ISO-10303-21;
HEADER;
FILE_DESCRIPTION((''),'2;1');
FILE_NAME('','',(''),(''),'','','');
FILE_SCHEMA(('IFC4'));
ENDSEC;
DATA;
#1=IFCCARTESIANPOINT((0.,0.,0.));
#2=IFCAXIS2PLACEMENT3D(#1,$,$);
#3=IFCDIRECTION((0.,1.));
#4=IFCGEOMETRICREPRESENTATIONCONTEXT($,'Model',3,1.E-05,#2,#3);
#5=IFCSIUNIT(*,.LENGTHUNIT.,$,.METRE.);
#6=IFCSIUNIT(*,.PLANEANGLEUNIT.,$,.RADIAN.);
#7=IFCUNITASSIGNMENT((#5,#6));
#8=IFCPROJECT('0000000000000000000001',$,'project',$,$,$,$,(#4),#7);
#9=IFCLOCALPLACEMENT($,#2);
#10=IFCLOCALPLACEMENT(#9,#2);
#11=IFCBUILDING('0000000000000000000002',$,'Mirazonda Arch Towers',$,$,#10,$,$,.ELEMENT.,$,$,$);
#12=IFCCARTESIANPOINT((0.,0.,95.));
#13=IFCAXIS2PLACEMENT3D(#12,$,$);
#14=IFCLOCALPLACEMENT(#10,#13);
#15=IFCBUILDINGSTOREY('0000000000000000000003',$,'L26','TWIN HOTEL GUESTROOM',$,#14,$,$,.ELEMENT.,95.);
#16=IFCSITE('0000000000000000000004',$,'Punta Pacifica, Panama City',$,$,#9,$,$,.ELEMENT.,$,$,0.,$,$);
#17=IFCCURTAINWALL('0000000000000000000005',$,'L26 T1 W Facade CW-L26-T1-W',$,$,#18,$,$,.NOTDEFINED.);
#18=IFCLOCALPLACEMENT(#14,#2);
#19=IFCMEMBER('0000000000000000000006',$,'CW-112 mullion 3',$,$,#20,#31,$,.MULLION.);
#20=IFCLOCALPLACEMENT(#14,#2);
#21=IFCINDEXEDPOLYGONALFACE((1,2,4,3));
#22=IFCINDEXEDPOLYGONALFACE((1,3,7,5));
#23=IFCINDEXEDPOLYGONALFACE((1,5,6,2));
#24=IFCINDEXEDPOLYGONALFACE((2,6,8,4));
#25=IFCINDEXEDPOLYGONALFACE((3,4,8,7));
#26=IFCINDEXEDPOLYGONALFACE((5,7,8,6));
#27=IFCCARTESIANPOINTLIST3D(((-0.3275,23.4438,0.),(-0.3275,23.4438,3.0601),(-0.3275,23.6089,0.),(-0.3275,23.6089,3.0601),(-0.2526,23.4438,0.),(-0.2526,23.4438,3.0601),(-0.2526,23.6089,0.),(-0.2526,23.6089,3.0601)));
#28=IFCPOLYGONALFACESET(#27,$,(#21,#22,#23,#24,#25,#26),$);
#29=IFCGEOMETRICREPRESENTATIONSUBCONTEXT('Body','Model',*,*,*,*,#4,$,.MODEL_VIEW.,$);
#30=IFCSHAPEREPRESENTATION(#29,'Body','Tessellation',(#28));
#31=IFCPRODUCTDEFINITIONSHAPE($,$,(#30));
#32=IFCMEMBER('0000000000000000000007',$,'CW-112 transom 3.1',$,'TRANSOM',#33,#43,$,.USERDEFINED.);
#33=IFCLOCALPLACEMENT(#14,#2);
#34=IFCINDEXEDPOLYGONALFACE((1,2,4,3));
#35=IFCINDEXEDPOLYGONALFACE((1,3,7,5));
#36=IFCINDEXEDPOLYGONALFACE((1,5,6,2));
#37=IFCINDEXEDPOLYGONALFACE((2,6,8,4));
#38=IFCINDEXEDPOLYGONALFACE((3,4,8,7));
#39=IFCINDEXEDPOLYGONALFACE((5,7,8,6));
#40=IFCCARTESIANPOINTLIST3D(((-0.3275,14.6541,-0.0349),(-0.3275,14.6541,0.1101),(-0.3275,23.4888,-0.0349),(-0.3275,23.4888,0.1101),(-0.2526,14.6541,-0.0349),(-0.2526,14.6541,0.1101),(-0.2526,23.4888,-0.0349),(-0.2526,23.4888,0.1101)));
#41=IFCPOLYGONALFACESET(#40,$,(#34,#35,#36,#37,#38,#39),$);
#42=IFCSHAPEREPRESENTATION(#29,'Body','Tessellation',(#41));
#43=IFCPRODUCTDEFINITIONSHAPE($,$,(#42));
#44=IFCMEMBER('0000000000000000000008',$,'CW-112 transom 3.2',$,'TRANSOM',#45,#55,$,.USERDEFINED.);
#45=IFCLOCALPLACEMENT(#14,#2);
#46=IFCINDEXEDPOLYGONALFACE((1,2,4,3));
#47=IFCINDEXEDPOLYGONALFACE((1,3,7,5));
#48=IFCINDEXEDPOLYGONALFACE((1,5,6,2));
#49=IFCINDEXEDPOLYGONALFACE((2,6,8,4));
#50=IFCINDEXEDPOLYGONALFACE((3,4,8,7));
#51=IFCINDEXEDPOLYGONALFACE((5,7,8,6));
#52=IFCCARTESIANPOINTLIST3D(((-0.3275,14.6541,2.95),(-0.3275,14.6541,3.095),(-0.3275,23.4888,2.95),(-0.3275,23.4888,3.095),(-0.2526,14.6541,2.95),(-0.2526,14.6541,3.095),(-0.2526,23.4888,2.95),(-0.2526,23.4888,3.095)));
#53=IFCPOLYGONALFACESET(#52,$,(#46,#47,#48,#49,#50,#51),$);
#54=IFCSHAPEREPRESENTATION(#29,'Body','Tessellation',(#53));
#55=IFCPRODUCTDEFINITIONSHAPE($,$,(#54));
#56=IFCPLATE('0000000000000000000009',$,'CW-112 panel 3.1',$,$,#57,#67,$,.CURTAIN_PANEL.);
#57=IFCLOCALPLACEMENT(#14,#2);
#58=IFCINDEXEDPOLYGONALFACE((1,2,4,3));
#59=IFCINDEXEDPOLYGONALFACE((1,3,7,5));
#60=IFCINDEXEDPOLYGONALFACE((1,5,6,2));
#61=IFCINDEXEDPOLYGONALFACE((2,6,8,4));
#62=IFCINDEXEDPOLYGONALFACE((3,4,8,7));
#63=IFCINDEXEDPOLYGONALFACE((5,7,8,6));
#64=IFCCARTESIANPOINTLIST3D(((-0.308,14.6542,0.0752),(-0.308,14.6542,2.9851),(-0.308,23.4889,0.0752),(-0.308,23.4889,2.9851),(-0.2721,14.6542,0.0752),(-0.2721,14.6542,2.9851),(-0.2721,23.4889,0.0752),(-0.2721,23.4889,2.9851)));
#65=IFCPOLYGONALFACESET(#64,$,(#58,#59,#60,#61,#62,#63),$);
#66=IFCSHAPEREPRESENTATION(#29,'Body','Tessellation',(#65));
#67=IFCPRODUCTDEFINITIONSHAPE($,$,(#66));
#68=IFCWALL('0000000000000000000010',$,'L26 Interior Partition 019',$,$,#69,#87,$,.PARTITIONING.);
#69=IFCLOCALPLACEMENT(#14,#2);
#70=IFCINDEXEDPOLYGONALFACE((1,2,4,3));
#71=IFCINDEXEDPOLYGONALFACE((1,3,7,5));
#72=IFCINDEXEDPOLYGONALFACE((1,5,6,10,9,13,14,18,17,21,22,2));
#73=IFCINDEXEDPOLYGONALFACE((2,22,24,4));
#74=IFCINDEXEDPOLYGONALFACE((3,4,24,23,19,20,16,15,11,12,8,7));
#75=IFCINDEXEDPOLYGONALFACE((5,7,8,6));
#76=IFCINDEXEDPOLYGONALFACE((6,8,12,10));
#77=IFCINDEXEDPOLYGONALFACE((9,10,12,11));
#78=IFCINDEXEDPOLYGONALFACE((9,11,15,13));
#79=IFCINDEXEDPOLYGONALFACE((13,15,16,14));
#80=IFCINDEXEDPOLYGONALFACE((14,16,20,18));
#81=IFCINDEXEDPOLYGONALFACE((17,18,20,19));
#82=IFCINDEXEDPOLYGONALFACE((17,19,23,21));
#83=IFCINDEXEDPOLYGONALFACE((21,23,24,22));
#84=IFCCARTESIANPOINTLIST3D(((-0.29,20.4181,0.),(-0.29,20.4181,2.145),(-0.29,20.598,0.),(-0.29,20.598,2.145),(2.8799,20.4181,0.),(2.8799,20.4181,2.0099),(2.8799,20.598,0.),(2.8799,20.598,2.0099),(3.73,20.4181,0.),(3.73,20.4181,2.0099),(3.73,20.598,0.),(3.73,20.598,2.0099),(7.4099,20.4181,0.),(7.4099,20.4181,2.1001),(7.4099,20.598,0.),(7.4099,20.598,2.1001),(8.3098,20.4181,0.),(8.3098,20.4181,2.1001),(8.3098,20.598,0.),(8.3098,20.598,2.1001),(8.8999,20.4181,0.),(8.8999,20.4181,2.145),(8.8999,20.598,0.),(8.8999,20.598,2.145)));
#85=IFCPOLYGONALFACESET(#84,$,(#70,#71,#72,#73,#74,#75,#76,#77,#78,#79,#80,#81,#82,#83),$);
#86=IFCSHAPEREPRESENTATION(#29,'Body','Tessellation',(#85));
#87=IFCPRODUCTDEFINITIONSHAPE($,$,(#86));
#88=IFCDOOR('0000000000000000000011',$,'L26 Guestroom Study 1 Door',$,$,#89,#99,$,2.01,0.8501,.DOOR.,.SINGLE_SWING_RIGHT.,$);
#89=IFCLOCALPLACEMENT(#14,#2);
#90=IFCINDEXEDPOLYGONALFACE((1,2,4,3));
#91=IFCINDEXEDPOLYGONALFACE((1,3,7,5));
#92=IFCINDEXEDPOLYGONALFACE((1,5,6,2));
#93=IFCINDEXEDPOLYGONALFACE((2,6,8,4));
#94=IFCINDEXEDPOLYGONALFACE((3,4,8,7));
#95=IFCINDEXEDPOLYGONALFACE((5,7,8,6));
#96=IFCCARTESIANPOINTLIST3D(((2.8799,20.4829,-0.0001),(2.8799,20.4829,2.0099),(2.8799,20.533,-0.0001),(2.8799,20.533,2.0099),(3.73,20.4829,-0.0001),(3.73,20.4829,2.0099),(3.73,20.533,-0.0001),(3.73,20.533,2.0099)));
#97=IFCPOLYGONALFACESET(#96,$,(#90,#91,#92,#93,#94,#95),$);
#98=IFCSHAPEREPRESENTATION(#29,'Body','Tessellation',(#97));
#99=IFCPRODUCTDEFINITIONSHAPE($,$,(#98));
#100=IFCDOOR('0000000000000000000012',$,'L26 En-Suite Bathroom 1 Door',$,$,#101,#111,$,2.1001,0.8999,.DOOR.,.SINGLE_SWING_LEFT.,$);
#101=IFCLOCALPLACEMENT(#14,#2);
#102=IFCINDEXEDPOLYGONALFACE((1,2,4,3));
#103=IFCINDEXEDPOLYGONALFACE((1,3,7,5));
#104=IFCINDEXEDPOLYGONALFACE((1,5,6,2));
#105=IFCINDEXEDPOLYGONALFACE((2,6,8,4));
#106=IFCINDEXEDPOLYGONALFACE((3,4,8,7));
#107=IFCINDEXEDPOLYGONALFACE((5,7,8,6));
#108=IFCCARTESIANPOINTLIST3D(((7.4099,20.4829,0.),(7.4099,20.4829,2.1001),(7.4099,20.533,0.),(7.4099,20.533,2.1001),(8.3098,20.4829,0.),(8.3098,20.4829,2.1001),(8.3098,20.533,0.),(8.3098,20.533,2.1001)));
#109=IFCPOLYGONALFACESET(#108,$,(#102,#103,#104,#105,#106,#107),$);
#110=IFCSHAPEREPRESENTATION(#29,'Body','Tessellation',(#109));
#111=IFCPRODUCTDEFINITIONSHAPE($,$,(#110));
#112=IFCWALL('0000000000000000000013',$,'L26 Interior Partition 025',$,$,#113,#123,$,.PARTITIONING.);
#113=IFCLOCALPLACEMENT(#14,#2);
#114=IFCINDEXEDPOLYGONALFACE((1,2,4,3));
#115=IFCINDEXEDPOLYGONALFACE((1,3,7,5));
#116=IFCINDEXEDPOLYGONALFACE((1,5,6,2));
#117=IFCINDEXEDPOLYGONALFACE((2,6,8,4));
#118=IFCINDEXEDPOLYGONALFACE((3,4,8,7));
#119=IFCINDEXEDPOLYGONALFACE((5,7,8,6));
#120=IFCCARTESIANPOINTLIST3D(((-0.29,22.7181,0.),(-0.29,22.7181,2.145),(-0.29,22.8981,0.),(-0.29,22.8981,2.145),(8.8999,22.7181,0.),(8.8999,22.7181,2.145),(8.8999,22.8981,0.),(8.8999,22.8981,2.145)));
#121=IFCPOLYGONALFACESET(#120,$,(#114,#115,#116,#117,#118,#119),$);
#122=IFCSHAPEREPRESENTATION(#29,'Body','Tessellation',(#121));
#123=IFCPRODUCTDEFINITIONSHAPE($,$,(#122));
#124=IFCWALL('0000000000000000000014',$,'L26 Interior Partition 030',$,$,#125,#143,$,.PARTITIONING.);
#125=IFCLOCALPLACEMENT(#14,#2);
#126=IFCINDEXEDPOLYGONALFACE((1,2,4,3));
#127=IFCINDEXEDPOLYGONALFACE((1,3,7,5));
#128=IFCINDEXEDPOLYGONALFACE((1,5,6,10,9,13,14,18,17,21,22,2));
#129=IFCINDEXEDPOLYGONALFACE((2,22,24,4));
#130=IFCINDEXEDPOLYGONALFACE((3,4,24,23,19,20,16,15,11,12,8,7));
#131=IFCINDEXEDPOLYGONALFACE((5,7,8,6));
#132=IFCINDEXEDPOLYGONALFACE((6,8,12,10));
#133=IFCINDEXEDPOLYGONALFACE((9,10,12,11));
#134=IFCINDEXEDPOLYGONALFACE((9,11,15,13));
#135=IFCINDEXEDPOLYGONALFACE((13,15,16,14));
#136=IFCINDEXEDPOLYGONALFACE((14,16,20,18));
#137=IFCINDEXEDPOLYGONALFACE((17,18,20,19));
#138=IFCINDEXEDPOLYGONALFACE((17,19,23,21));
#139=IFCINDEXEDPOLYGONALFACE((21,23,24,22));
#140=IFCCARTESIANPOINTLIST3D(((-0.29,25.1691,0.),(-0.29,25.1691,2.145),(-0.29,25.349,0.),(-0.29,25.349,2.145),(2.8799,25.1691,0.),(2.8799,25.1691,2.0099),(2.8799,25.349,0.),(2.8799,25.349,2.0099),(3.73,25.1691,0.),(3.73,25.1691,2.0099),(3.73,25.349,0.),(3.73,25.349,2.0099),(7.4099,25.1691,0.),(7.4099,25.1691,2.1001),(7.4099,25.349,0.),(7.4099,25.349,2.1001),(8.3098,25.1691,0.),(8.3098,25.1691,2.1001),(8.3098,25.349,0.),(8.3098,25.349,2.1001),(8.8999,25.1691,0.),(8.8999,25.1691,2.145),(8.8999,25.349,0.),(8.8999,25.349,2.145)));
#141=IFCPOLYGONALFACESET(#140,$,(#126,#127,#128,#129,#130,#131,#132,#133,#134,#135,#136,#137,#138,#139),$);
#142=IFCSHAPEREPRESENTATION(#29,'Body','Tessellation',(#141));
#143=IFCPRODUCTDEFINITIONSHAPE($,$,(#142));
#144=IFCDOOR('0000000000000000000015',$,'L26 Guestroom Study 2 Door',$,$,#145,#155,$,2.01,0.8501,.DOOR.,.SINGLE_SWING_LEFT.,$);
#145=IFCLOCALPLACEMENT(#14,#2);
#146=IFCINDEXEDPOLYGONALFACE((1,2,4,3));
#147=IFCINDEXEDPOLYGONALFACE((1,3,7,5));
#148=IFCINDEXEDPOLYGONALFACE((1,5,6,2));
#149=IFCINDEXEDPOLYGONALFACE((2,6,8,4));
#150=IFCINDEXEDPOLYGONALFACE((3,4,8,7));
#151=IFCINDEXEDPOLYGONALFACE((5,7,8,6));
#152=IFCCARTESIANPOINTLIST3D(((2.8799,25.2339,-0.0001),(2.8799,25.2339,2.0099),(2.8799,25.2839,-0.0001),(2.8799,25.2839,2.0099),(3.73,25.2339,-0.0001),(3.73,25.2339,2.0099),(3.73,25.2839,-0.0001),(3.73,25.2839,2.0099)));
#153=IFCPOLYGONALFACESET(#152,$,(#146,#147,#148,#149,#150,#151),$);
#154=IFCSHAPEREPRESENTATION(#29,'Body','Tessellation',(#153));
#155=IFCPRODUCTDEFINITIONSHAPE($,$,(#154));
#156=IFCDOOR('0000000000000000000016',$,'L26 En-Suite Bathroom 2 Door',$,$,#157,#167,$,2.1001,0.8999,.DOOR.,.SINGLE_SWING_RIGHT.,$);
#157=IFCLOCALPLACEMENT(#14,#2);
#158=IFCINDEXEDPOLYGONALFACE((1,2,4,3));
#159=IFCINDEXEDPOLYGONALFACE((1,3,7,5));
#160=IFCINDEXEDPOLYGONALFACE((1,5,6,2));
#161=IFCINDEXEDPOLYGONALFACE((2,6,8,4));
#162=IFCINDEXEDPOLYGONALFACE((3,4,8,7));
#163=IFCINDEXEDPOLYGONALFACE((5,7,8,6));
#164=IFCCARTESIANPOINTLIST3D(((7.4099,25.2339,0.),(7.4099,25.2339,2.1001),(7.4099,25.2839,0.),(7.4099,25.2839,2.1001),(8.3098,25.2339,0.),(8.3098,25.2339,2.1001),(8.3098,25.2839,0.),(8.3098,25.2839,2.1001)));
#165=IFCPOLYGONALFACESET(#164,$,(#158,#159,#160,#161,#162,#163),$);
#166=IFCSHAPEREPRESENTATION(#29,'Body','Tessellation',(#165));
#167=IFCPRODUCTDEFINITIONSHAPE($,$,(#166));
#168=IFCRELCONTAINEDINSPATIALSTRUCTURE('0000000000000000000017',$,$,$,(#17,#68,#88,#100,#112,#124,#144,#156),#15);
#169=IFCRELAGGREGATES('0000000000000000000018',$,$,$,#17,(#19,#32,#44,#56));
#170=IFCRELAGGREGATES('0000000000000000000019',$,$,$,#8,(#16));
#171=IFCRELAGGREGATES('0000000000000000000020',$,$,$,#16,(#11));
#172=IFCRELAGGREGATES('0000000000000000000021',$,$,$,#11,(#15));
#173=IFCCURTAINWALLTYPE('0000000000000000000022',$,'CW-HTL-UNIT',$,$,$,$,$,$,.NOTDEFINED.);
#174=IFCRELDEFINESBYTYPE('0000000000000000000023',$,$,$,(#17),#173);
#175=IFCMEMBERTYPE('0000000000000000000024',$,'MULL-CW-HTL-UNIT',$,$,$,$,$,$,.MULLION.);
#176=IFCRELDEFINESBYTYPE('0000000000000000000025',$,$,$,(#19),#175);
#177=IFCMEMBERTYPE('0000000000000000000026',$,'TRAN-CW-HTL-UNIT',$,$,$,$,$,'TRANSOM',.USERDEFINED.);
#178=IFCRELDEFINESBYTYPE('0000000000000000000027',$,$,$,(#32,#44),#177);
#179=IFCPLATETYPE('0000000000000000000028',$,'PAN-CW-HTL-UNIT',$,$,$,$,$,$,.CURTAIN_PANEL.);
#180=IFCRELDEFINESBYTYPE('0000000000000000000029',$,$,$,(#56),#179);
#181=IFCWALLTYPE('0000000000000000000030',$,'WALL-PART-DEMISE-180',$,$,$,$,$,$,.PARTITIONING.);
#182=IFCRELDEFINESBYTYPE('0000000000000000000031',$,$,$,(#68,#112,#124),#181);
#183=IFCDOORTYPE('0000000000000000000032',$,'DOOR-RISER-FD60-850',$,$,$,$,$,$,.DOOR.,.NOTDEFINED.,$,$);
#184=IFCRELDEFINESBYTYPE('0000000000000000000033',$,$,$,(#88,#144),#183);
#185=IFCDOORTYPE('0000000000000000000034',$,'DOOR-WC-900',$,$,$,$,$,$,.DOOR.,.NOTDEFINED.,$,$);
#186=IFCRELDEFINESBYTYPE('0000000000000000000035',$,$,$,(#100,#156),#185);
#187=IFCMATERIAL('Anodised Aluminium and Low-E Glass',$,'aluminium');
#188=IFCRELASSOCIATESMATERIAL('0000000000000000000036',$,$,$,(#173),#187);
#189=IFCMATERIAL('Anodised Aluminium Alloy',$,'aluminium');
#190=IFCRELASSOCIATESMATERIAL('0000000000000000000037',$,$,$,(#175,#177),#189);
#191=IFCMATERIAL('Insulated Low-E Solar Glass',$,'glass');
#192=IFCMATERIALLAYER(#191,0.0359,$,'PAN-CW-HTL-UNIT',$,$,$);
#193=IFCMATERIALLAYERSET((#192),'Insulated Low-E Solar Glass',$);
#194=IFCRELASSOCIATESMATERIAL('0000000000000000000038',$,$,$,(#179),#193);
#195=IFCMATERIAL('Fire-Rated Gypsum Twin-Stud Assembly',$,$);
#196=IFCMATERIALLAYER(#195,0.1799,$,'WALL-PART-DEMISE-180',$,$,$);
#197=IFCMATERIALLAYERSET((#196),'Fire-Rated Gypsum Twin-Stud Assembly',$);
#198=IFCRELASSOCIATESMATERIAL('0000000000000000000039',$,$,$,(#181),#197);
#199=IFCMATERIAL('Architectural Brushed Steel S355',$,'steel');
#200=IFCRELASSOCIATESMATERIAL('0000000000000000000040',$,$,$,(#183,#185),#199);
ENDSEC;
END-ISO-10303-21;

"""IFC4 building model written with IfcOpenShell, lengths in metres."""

from ifc_helpers import new_model, si_unit, direction, frame, frame_2d, origin, origin_2d, place, context, subcontext, project, spatial, rectangle, extrude, material, layer, layer_set, material_profile, profile_set, type_object, element, fill, aggregate, save


model = new_model("IFC4")

# Units and contexts
model_context = context("Model", 3, precision=1e-05, world=origin(), true_north=direction((0.0, 1.0)))
body_context = subcontext(model_context, "Body", "Model", "MODEL_VIEW")
ifc_project = project(units=[si_unit("LENGTHUNIT", "METRE"), si_unit("PLANEANGLEUNIT", "RADIAN")], contexts=[model_context])

# Site, building, storey
site_placement = place(None, origin())
site = spatial("IfcSite", under=ifc_project, at=site_placement, Name="Punta Pacifica, Panama City", CompositionType="ELEMENT", RefElevation=0.0)
building_placement = place(site_placement, origin())
building = spatial("IfcBuilding", under=site, at=building_placement, Name="Mirazonda Arch Towers", CompositionType="ELEMENT")
storey_placement = place(building_placement, frame((0.0, 0.0, 95.0)))
storey = spatial("IfcBuildingStorey", under=building, at=storey_placement, Name="L26", Description="TWIN HOTEL GUESTROOM", CompositionType="ELEMENT", Elevation=95.0)

# Curtain wall, members, plate
ifc_material_1 = material(Name="Anodised Aluminium and Low-E Glass", Category="aluminium")
curtain_wall_type = type_object("IfcCurtainWallType", Name="CW-HTL-UNIT", PredefinedType="NOTDEFINED", material=ifc_material_1)
curtain_wall_placement = place(storey_placement, origin())
curtain_wall = element("IfcCurtainWall", 1, at=curtain_wall_placement, inside=storey, type_object=curtain_wall_type, Name="L26 T1 W Facade CW-L26-T1-W", PredefinedType="NOTDEFINED")
ifc_material_2 = material(Name="Anodised Aluminium Alloy", Category="aluminium")
ifc_material_profile_1 = material_profile(ifc_material_2, rectangle(XDim=0.075, YDim=0.165, at=origin_2d()), Name="ALU-MULL-75x165")
ifc_profile_set_1 = profile_set([ifc_material_profile_1], Name="Anodised Aluminium Alloy")
member_type_1 = type_object("IfcMemberType", Name="MULL-CW-HTL-UNIT", PredefinedType="MULLION", material=ifc_profile_set_1)
member_1_placement = place(storey_placement, frame((-0.29, 23.5264, 0.0), z_axis=(0.0, 0.0, 1.0), x_axis=(1.0, 0.0, 0.0)))
member_1 = element("IfcMember", 2, at=member_1_placement, type_object=member_type_1, Name="CW-112 mullion 3", PredefinedType="MULLION", context=body_context, shape_type="SweptSolid", body=[
    extrude(rectangle(XDim=0.075, YDim=0.165, at=origin_2d()), origin(), (0.0, 0.0, 1.0), 3.0601),
])
ifc_material_profile_2 = material_profile(ifc_material_2, rectangle(XDim=0.075, YDim=0.145, at=origin_2d()), Name="ALU-TRAN-75x145")
ifc_profile_set_2 = profile_set([ifc_material_profile_2], Name="Anodised Aluminium Alloy")
member_type_2 = type_object("IfcMemberType", Name="TRAN-CW-HTL-UNIT", ElementType="TRANSOM", PredefinedType="USERDEFINED", material=ifc_profile_set_2)
member_2_placement = place(storey_placement, frame((-0.29, 23.4888, 0.0376), z_axis=(0.0, -1.0, 0.0), x_axis=(1.0, 0.0, 0.0)))
member_2 = element("IfcMember", 3, at=member_2_placement, type_object=member_type_2, Name="CW-112 transom 3.1", ObjectType="TRANSOM", PredefinedType="USERDEFINED", context=body_context, shape_type="SweptSolid", body=[
    extrude(rectangle(XDim=0.075, YDim=0.145, at=origin_2d()), origin(), (0.0, 0.0, 1.0), 8.8347),
])
member_3_placement = place(storey_placement, frame((-0.29, 23.4888, 3.0225), z_axis=(0.0, -1.0, 0.0), x_axis=(1.0, 0.0, 0.0)))
member_3 = element("IfcMember", 4, at=member_3_placement, type_object=member_type_2, Name="CW-112 transom 3.2", ObjectType="TRANSOM", PredefinedType="USERDEFINED", context=body_context, shape_type="SweptSolid", body=[
    extrude(rectangle(XDim=0.075, YDim=0.145, at=origin_2d()), origin(), (0.0, 0.0, 1.0), 8.8347),
])
ifc_material_3 = material(Name="Insulated Low-E Solar Glass", Category="glass")
ifc_layer_1 = layer(ifc_material_3, 0.0359, Name="PAN-CW-HTL-UNIT")
ifc_layer_set_1 = layer_set([ifc_layer_1], Name="Insulated Low-E Solar Glass")
plate_type = type_object("IfcPlateType", Name="PAN-CW-HTL-UNIT", PredefinedType="CURTAIN_PANEL", material=ifc_layer_set_1)
plate_placement = place(storey_placement, frame((-0.29, 19.0715, 0.0752), z_axis=(0.0, 0.0, 1.0), x_axis=(0.0, -1.0, 0.0)))
plate = element("IfcPlate", 5, at=plate_placement, type_object=plate_type, Name="CW-112 panel 3.1", PredefinedType="CURTAIN_PANEL", context=body_context, shape_type="SweptSolid", body=[
    extrude(rectangle(XDim=8.8347, YDim=0.0359, at=origin_2d()), origin(), (0.0, 0.0, 1.0), 2.9099),
])
aggregate(curtain_wall, [member_1, member_2, member_3, plate])

# Wall, openings, doors
ifc_material_4 = material(Name="Fire-Rated Gypsum Twin-Stud Assembly")
ifc_layer_2 = layer(ifc_material_4, 0.1799, Name="WALL-PART-DEMISE-180")
ifc_layer_set_2 = layer_set([ifc_layer_2], Name="Fire-Rated Gypsum Twin-Stud Assembly")
wall_type_1 = type_object("IfcWallType", Name="WALL-PART-DEMISE-180", PredefinedType="PARTITIONING", material=ifc_layer_set_2)
wall_1_placement = place(storey_placement, frame((-0.29, 20.5081, 0.0), z_axis=(0.0, 0.0, 1.0), x_axis=(1.0, 0.0, 0.0)))
wall_1 = element("IfcWall", 6, at=wall_1_placement, inside=storey, type_object=wall_type_1, Name="L26 Interior Partition 019", PredefinedType="PARTITIONING", context=body_context, shape_type="SweptSolid", body=[
    extrude(rectangle(XDim=9.1899, YDim=0.1799, at=frame_2d((4.595, 0.0))), origin(), (0.0, 0.0, 1.0), 2.145),
])
opening_1_placement = place(wall_1_placement, frame((3.1699, 0.0, 0.0)))
opening_1 = element("IfcOpeningElement", 7, at=opening_1_placement, cuts=wall_1, PredefinedType="OPENING", context=body_context, shape_type="SweptSolid", body=[
    extrude(rectangle(XDim=0.8501, YDim=2.01, at=frame_2d((0.425, 1.0049))), frame((0.0, 0.0999, 0.0), z_axis=(0.0, -1.0, 0.0), x_axis=(1.0, 0.0, 0.0)), (0.0, 0.0, 1.0), 0.2),
])
opening_2_placement = place(wall_1_placement, frame((7.7, 0.0, 0.0)))
opening_2 = element("IfcOpeningElement", 8, at=opening_2_placement, cuts=wall_1, PredefinedType="OPENING", context=body_context, shape_type="SweptSolid", body=[
    extrude(rectangle(XDim=0.8999, YDim=2.1001, at=frame_2d((0.45, 1.05))), frame((0.0, 0.0999, 0.0), z_axis=(0.0, -1.0, 0.0), x_axis=(1.0, 0.0, 0.0)), (0.0, 0.0, 1.0), 0.2),
])
ifc_material_5 = material(Name="Architectural Brushed Steel S355", Category="steel")
door_type_1 = type_object("IfcDoorType", Name="DOOR-RISER-FD60-850", OperationType="NOTDEFINED", PredefinedType="DOOR", material=ifc_material_5)
door_1_placement = place(opening_1_placement, origin())
door_1 = element("IfcDoor", 9, at=door_1_placement, inside=storey, type_object=door_type_1, Name="L26 Guestroom Study 1 Door", OperationType="SINGLE_SWING_RIGHT", OverallHeight=2.01, OverallWidth=0.8501, PredefinedType="DOOR", context=body_context, shape_type="SweptSolid", body=[
    extrude(rectangle(XDim=0.8501, YDim=2.01, at=frame_2d((0.425, 1.0049))), frame((0.0, 0.0249, 0.0), z_axis=(0.0, -1.0, 0.0), x_axis=(1.0, 0.0, 0.0)), (0.0, 0.0, 1.0), 0.05),
])
fill(opening_1, door_1)
door_type_2 = type_object("IfcDoorType", Name="DOOR-WC-900", OperationType="NOTDEFINED", PredefinedType="DOOR", material=ifc_material_5)
door_2_placement = place(opening_2_placement, origin())
door_2 = element("IfcDoor", 10, at=door_2_placement, inside=storey, type_object=door_type_2, Name="L26 En-Suite Bathroom 1 Door", OperationType="SINGLE_SWING_LEFT", OverallHeight=2.1001, OverallWidth=0.8999, PredefinedType="DOOR", context=body_context, shape_type="SweptSolid", body=[
    extrude(rectangle(XDim=0.8999, YDim=2.1001, at=frame_2d((0.45, 1.05))), frame((0.0, 0.0249, 0.0), z_axis=(0.0, -1.0, 0.0), x_axis=(1.0, 0.0, 0.0)), (0.0, 0.0, 1.0), 0.05),
])
fill(opening_2, door_2)

# Wall
wall_2_placement = place(storey_placement, frame((-0.29, 22.8081, 0.0), z_axis=(0.0, 0.0, 1.0), x_axis=(1.0, 0.0, 0.0)))
element("IfcWall", 11, at=wall_2_placement, inside=storey, type_object=wall_type_1, Name="L26 Interior Partition 025", PredefinedType="PARTITIONING", context=body_context, shape_type="SweptSolid", body=[
    extrude(rectangle(XDim=9.1899, YDim=0.1799, at=frame_2d((4.595, 0.0))), origin(), (0.0, 0.0, 1.0), 2.145),
])

# Wall, openings, doors
wall_3_placement = place(storey_placement, frame((-0.29, 25.259, 0.0), z_axis=(0.0, 0.0, 1.0), x_axis=(1.0, 0.0, 0.0)))
wall_3 = element("IfcWall", 12, at=wall_3_placement, inside=storey, type_object=wall_type_1, Name="L26 Interior Partition 030", PredefinedType="PARTITIONING", context=body_context, shape_type="SweptSolid", body=[
    extrude(rectangle(XDim=9.1899, YDim=0.1799, at=frame_2d((4.595, 0.0))), origin(), (0.0, 0.0, 1.0), 2.145),
])
opening_3_placement = place(wall_3_placement, frame((3.1699, 0.0, 0.0)))
opening_3 = element("IfcOpeningElement", 13, at=opening_3_placement, cuts=wall_3, PredefinedType="OPENING", context=body_context, shape_type="SweptSolid", body=[
    extrude(rectangle(XDim=0.8501, YDim=2.01, at=frame_2d((0.425, 1.0049))), frame((0.0, 0.0999, 0.0), z_axis=(0.0, -1.0, 0.0), x_axis=(1.0, 0.0, 0.0)), (0.0, 0.0, 1.0), 0.2),
])
opening_4_placement = place(wall_3_placement, frame((7.7, 0.0, 0.0)))
opening_4 = element("IfcOpeningElement", 14, at=opening_4_placement, cuts=wall_3, PredefinedType="OPENING", context=body_context, shape_type="SweptSolid", body=[
    extrude(rectangle(XDim=0.8999, YDim=2.1001, at=frame_2d((0.45, 1.05))), frame((0.0, 0.0999, 0.0), z_axis=(0.0, -1.0, 0.0), x_axis=(1.0, 0.0, 0.0)), (0.0, 0.0, 1.0), 0.2),
])
door_3_placement = place(opening_3_placement, origin())
door_3 = element("IfcDoor", 15, at=door_3_placement, inside=storey, type_object=door_type_1, Name="L26 Guestroom Study 2 Door", OperationType="SINGLE_SWING_LEFT", OverallHeight=2.01, OverallWidth=0.8501, PredefinedType="DOOR", context=body_context, shape_type="SweptSolid", body=[
    extrude(rectangle(XDim=0.8501, YDim=2.01, at=frame_2d((0.425, 1.0049))), frame((0.0, 0.0249, 0.0), z_axis=(0.0, -1.0, 0.0), x_axis=(1.0, 0.0, 0.0)), (0.0, 0.0, 1.0), 0.05),
])
fill(opening_3, door_3)
door_4_placement = place(opening_4_placement, origin())
door_4 = element("IfcDoor", 16, at=door_4_placement, inside=storey, type_object=door_type_2, Name="L26 En-Suite Bathroom 2 Door", OperationType="SINGLE_SWING_RIGHT", OverallHeight=2.1001, OverallWidth=0.8999, PredefinedType="DOOR", context=body_context, shape_type="SweptSolid", body=[
    extrude(rectangle(XDim=0.8999, YDim=2.1001, at=frame_2d((0.45, 1.05))), frame((0.0, 0.0249, 0.0), z_axis=(0.0, -1.0, 0.0), x_axis=(1.0, 0.0, 0.0)), (0.0, 0.0, 1.0), 0.05),
])
fill(opening_4, door_4)

save(model, "model.ifc")
